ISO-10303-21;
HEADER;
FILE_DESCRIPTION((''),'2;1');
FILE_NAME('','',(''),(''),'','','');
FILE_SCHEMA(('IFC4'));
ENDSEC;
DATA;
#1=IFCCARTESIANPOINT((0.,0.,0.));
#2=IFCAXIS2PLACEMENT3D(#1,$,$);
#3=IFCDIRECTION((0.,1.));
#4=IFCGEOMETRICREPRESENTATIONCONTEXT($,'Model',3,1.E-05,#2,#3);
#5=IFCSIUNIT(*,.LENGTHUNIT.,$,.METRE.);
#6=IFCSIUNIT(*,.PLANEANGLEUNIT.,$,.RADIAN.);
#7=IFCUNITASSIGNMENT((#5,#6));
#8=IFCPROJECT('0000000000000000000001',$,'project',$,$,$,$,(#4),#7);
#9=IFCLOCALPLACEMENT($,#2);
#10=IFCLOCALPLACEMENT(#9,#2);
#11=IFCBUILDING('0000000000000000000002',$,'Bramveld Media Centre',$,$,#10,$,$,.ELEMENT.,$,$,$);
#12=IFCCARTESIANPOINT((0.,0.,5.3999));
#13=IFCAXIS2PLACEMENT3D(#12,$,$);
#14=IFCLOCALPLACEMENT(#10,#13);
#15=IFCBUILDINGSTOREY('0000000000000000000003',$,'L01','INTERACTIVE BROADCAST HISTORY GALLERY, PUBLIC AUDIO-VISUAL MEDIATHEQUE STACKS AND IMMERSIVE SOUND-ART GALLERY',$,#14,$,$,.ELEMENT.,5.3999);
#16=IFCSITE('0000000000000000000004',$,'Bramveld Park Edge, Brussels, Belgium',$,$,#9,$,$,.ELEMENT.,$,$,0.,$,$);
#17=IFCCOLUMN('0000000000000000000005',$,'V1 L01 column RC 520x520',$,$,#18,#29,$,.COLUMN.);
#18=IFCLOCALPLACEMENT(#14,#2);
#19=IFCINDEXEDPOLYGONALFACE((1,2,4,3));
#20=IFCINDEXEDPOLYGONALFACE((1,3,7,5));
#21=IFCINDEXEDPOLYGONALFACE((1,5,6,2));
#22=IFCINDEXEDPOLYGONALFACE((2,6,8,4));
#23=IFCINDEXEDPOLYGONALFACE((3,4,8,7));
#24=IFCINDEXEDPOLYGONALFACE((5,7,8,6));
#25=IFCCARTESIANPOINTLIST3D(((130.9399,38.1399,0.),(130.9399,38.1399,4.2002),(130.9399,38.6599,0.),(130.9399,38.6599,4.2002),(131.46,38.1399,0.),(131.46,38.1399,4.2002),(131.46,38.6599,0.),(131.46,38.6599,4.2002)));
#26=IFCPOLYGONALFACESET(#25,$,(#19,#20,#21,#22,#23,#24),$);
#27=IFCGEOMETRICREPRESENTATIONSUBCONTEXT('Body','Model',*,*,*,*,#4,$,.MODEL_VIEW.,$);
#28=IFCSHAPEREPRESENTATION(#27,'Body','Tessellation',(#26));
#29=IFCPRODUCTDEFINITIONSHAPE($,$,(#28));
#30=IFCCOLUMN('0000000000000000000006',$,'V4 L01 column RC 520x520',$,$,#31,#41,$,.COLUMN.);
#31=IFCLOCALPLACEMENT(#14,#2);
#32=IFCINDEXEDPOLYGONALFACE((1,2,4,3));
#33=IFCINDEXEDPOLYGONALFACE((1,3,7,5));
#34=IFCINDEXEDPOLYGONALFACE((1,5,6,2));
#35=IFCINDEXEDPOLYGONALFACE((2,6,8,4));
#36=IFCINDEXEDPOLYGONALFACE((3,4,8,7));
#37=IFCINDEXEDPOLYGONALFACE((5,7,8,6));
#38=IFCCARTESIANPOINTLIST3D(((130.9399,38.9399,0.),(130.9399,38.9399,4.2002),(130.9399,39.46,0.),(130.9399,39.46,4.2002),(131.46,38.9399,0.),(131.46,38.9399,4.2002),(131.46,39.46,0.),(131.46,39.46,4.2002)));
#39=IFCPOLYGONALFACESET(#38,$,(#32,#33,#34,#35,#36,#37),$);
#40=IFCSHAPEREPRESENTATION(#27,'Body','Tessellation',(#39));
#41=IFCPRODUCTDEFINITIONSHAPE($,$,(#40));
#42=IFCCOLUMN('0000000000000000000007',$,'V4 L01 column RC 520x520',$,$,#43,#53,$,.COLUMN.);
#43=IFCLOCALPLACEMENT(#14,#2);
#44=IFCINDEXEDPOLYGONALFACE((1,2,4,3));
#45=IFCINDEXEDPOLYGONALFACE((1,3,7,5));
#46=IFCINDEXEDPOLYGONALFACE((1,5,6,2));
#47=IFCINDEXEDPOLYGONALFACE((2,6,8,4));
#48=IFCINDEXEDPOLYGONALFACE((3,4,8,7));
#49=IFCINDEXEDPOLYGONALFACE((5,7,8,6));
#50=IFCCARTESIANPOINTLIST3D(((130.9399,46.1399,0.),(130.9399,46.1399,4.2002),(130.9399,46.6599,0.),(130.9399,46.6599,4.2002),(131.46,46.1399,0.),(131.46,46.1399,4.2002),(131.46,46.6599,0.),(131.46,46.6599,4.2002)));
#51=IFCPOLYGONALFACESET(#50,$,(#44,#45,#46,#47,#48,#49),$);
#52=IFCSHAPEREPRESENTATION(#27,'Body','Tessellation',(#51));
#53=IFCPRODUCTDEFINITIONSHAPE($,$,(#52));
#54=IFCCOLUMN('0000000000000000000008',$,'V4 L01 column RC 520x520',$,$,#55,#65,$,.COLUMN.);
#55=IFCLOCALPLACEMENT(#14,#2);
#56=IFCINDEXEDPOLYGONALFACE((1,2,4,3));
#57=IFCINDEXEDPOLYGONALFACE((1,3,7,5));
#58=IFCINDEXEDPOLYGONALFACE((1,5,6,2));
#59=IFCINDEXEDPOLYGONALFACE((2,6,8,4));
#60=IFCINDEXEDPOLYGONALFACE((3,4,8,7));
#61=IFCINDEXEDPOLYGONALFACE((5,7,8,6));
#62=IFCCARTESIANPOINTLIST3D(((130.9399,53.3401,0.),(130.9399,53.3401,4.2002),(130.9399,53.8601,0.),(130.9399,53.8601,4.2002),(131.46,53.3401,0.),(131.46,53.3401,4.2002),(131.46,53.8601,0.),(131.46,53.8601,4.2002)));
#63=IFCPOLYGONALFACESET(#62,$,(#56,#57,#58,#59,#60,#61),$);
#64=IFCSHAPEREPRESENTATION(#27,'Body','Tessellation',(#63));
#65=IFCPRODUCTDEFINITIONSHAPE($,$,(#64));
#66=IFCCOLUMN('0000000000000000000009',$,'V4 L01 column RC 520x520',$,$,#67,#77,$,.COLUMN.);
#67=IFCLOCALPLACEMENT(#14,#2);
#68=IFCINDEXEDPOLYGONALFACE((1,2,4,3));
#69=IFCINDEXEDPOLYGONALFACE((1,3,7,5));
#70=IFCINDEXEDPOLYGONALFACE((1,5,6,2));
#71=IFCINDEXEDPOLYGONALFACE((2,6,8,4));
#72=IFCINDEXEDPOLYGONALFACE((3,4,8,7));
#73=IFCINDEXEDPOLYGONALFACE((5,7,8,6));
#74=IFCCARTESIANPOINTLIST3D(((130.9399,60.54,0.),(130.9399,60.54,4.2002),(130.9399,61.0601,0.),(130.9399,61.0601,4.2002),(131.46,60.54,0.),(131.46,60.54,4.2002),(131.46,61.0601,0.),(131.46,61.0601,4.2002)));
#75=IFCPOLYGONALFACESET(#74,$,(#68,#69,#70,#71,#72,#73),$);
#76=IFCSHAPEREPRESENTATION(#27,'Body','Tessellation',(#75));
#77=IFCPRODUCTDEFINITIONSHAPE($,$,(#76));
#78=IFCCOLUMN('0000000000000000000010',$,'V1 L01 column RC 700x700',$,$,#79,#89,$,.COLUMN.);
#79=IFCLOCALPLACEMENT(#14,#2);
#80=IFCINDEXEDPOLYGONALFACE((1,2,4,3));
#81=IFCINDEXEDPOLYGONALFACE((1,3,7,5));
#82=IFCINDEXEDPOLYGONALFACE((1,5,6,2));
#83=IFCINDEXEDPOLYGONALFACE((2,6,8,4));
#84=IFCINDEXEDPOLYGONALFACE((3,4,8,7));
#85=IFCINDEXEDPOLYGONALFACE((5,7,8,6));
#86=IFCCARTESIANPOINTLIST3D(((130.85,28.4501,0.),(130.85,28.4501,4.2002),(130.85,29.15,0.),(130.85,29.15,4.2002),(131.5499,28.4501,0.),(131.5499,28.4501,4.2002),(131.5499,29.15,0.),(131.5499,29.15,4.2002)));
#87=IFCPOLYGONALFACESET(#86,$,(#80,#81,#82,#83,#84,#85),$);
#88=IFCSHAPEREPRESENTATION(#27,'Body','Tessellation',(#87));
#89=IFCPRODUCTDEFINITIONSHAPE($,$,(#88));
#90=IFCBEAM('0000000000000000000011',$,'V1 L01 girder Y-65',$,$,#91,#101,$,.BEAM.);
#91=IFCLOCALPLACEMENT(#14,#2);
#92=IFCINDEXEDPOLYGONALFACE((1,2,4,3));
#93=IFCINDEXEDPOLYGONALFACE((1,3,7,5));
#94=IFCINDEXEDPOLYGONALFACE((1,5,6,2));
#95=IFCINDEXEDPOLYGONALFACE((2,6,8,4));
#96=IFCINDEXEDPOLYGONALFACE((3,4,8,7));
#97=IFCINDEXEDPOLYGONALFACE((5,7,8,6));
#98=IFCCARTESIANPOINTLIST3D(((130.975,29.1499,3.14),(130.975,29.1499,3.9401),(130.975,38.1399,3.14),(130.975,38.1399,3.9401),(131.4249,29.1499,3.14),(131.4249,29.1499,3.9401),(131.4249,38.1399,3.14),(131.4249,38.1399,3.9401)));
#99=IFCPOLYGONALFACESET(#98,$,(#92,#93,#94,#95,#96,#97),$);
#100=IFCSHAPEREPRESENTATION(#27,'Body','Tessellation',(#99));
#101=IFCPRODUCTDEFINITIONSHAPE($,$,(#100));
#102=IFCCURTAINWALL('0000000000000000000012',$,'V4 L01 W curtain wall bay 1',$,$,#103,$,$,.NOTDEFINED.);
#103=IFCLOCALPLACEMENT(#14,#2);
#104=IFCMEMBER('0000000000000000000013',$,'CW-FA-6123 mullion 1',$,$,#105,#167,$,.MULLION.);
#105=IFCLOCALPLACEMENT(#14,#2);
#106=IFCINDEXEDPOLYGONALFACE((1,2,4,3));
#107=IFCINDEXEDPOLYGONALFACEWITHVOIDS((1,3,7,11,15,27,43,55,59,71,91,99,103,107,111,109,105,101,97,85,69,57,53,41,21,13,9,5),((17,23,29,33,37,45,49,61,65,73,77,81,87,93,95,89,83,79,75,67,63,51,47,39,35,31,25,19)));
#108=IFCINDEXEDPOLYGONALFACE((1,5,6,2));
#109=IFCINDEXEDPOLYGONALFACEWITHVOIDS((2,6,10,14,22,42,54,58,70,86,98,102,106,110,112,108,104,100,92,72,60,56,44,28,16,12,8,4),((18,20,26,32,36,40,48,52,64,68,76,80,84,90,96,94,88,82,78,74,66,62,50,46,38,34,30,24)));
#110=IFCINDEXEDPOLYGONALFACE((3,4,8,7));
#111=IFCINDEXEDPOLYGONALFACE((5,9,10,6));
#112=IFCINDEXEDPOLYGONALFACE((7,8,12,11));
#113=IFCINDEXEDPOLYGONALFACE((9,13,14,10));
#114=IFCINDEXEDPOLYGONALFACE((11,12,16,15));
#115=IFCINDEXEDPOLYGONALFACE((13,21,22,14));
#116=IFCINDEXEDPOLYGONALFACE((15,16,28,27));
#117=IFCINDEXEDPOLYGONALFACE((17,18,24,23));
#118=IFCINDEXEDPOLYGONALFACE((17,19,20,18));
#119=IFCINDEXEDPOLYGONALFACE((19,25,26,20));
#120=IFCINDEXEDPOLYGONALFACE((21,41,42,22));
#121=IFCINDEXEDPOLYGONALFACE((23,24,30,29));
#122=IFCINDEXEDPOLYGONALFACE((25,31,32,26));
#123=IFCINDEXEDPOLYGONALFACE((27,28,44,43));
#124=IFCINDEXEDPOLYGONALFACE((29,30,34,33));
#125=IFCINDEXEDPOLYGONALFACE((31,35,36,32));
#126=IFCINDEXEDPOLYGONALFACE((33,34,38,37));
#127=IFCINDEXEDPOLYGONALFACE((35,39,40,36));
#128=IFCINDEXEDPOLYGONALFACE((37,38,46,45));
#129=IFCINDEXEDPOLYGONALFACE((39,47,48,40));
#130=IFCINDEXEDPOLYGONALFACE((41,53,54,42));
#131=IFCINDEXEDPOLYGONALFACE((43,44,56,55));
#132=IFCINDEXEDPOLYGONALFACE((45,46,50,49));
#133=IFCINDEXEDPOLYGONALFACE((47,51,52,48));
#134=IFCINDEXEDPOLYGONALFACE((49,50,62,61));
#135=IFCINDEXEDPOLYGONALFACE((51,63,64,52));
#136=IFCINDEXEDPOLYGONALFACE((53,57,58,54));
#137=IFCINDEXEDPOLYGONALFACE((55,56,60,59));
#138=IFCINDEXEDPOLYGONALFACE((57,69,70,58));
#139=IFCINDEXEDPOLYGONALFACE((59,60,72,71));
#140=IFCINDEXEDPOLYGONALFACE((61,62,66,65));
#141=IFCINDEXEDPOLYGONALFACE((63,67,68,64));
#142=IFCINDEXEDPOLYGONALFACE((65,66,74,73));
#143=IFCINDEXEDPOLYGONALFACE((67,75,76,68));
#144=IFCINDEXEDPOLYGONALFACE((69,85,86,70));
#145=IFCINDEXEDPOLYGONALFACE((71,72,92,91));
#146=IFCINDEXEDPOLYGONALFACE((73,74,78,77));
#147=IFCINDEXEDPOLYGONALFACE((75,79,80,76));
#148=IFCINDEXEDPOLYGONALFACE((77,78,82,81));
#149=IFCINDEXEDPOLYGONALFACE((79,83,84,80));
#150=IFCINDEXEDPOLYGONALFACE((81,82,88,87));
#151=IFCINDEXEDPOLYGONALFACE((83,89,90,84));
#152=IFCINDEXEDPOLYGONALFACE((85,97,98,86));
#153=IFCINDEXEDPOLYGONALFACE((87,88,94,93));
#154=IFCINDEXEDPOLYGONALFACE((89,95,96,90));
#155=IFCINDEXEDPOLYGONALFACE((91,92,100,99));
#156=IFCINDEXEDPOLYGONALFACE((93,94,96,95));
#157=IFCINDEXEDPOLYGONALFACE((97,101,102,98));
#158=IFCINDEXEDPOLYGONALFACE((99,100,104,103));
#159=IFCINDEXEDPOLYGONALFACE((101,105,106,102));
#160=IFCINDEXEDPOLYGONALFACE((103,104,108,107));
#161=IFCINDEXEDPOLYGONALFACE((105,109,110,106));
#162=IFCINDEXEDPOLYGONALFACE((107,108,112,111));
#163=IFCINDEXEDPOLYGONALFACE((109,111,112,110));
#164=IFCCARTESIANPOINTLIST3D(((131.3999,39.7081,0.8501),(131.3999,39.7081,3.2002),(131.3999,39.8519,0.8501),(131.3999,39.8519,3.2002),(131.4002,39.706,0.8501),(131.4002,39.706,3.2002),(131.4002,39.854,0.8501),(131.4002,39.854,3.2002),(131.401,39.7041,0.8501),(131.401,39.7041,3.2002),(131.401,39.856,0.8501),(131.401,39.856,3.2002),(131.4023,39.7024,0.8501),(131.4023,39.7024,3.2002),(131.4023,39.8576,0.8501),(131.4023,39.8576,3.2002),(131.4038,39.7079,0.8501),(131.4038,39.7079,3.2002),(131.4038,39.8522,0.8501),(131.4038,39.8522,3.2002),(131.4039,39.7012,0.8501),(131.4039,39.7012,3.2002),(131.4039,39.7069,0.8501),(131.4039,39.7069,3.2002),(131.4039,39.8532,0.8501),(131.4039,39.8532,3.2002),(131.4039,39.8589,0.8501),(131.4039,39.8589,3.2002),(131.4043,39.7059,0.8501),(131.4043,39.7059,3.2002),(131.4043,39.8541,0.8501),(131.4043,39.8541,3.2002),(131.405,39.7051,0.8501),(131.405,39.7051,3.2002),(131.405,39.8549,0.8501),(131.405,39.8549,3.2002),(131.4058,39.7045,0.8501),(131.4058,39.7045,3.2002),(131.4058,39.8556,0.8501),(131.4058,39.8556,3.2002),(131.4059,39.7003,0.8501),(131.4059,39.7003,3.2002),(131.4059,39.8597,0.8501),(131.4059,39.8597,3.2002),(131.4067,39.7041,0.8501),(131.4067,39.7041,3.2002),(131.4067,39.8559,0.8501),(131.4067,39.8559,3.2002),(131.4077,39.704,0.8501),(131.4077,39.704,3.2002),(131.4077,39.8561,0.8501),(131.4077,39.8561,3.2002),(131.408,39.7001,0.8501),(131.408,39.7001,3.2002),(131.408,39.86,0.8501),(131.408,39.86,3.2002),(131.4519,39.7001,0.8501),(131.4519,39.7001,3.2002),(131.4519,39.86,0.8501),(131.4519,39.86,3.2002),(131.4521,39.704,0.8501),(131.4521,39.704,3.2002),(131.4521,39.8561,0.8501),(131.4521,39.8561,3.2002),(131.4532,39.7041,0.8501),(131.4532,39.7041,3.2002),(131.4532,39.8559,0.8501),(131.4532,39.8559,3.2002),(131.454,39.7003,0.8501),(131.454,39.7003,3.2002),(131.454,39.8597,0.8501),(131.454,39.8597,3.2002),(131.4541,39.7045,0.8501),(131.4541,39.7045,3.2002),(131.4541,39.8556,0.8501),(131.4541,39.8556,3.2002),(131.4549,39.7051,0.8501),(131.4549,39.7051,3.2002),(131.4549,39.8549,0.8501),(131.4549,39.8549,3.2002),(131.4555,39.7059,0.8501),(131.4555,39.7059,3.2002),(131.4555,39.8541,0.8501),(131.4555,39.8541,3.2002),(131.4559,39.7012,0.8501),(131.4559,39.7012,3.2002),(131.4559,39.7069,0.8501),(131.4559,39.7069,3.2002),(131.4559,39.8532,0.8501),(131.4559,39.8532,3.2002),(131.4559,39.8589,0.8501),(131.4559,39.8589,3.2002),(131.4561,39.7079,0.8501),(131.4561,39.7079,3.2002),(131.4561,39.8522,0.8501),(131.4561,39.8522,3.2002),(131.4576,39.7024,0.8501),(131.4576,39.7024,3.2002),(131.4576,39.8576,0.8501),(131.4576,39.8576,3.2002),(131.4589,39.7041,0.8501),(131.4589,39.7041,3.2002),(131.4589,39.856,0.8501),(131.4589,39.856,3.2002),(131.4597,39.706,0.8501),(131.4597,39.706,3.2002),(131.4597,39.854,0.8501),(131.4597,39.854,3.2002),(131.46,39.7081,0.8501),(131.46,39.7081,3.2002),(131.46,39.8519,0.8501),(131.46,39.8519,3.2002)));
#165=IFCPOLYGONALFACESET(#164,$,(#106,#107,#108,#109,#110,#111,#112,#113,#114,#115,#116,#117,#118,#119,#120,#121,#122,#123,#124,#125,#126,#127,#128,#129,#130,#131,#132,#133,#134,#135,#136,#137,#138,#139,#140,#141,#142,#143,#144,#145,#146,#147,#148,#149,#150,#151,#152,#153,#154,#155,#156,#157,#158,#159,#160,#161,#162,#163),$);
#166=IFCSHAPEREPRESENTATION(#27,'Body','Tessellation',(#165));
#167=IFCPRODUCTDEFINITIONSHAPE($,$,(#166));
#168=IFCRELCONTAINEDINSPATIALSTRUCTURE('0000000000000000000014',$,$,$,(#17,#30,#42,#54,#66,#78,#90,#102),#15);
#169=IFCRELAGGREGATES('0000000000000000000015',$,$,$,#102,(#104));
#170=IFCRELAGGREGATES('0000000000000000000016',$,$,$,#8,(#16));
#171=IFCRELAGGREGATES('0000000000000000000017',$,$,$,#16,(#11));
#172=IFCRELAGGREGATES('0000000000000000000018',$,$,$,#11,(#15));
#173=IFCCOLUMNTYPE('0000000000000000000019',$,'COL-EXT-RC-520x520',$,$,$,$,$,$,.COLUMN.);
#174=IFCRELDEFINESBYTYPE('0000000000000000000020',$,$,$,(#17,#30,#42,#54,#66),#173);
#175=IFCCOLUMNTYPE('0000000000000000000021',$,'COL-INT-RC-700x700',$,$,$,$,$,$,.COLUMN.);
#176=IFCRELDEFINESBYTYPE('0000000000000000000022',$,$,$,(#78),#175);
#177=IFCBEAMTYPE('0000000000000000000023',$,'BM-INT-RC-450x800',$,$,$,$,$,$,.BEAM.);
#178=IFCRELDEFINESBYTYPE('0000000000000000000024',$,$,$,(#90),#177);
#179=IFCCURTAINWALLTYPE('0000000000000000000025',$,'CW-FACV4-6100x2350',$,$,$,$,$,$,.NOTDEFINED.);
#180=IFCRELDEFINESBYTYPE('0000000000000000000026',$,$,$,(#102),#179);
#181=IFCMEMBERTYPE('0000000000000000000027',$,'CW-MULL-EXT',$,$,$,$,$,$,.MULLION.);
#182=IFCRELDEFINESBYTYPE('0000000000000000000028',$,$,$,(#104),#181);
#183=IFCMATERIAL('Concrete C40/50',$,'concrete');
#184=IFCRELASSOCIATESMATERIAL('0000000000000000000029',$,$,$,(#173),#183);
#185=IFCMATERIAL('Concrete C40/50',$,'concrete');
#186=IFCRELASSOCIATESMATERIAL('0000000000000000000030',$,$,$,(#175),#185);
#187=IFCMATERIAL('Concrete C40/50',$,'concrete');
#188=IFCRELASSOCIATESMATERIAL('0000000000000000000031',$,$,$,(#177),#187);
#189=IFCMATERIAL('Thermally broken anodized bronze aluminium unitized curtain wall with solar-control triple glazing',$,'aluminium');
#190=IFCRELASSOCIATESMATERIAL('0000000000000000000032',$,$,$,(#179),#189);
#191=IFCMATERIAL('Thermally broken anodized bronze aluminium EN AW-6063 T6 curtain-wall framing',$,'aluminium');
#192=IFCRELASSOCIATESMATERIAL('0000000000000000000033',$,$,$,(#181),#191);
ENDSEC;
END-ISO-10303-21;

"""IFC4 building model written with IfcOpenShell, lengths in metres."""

from ifc_helpers import new_model, si_unit, direction, frame, origin, origin_2d, place, context, subcontext, project, spatial, rectangle, hollow_rectangle, extrude, material, material_profile, profile_set, type_object, element, aggregate, save


model = new_model("IFC4")

# Units and contexts
model_context = context("Model", 3, precision=1e-05, world=origin(), true_north=direction((0.0, 1.0)))
body_context = subcontext(model_context, "Body", "Model", "MODEL_VIEW")
ifc_project = project(units=[si_unit("LENGTHUNIT", "METRE"), si_unit("PLANEANGLEUNIT", "RADIAN")], contexts=[model_context])

# Site, building, storey
site_placement = place(None, origin())
site = spatial("IfcSite", under=ifc_project, at=site_placement, Name="Bramveld Park Edge, Brussels, Belgium", CompositionType="ELEMENT", RefElevation=0.0)
building_placement = place(site_placement, origin())
building = spatial("IfcBuilding", under=site, at=building_placement, Name="Bramveld Media Centre", CompositionType="ELEMENT")
storey_placement = place(building_placement, frame((0.0, 0.0, 5.3999)))
storey = spatial("IfcBuildingStorey", under=building, at=storey_placement, Name="L01", Description="INTERACTIVE BROADCAST HISTORY GALLERY, PUBLIC AUDIO-VISUAL MEDIATHEQUE STACKS AND IMMERSIVE SOUND-ART GALLERY", CompositionType="ELEMENT", Elevation=5.3999)

# Columns
ifc_material_1 = material(Name="Concrete C40/50", Category="concrete")
ifc_material_profile_1 = material_profile(ifc_material_1, rectangle(XDim=0.52, YDim=0.52, at=origin_2d()), Name="RC 520x520")
ifc_profile_set_1 = profile_set([ifc_material_profile_1], Name="Concrete C40/50")
column_type_1 = type_object("IfcColumnType", Name="COL-EXT-RC-520x520", PredefinedType="COLUMN", material=ifc_profile_set_1)
for number, where, z_axis, x_axis, name in (
    (1, (131.2, 38.3999, 0.0), (0.0, 0.0, 1.0), (1.0, 0.0, 0.0), "V1 L01 column RC 520x520"),
    (2, (131.2, 39.2, 0.0), (0.0, 0.0, 1.0), (1.0, 0.0, 0.0), "V4 L01 column RC 520x520"),
    (3, (131.2, 46.3999, 0.0), (0.0, 0.0, 1.0), (1.0, 0.0, 0.0), "V4 L01 column RC 520x520"),
    (4, (131.2, 53.6001, 0.0), (0.0, 0.0, 1.0), (1.0, 0.0, 0.0), "V4 L01 column RC 520x520"),
    (5, (131.2, 60.8, 0.0), (0.0, 0.0, 1.0), (1.0, 0.0, 0.0), "V4 L01 column RC 520x520"),
):
    element("IfcColumn", number, at=place(storey_placement, frame(where, z_axis=z_axis, x_axis=x_axis)), inside=storey, type_object=column_type_1, Name=name, PredefinedType="COLUMN", context=body_context, shape_type="SweptSolid", body=[
        extrude(rectangle(XDim=0.52, YDim=0.52, at=origin_2d()), origin(), (0.0, 0.0, 1.0), 4.2002),
    ])
ifc_material_2 = material(Name="Concrete C40/50", Category="concrete")
ifc_material_profile_2 = material_profile(ifc_material_2, rectangle(XDim=0.7, YDim=0.7, at=origin_2d()), Name="RC 700x700")
ifc_profile_set_2 = profile_set([ifc_material_profile_2], Name="Concrete C40/50")
column_type_2 = type_object("IfcColumnType", Name="COL-INT-RC-700x700", PredefinedType="COLUMN", material=ifc_profile_set_2)
column_placement = place(storey_placement, frame((131.2, 28.8, 0.0), z_axis=(0.0, 0.0, 1.0), x_axis=(1.0, 0.0, 0.0)))
element("IfcColumn", 6, at=column_placement, inside=storey, type_object=column_type_2, Name="V1 L01 column RC 700x700", PredefinedType="COLUMN", context=body_context, shape_type="SweptSolid", body=[
    extrude(rectangle(XDim=0.7, YDim=0.7, at=origin_2d()), origin(), (0.0, 0.0, 1.0), 4.2002),
])

# Beam
ifc_material_3 = material(Name="Concrete C40/50", Category="concrete")
ifc_material_profile_3 = material_profile(ifc_material_3, rectangle(XDim=0.45, YDim=0.8, at=origin_2d()), Name="RC 450x800")
ifc_profile_set_3 = profile_set([ifc_material_profile_3], Name="Concrete C40/50")
beam_type_1 = type_object("IfcBeamType", Name="BM-INT-RC-450x800", PredefinedType="BEAM", material=ifc_profile_set_3)
beam_1_placement = place(storey_placement, frame((131.2, 29.1499, 3.54), z_axis=(0.0, 1.0, 0.0), x_axis=(-1.0, 0.0, 0.0)))
element("IfcBeam", 7, at=beam_1_placement, inside=storey, type_object=beam_type_1, Name="V1 L01 girder Y-65", PredefinedType="BEAM", context=body_context, shape_type="SweptSolid", body=[
    extrude(rectangle(XDim=0.45, YDim=0.8, at=origin_2d()), origin(), (0.0, 0.0, 1.0), 8.99),
])

# Curtain wall, member
ifc_material_4 = material(Name="Thermally broken anodized bronze aluminium unitized curtain wall with solar-control triple glazing", Category="aluminium")
curtain_wall_type = type_object("IfcCurtainWallType", Name="CW-FACV4-6100x2350", PredefinedType="NOTDEFINED", material=ifc_material_4)
curtain_wall_placement = place(storey_placement, origin())
curtain_wall = element("IfcCurtainWall", 8, at=curtain_wall_placement, inside=storey, type_object=curtain_wall_type, Name="V4 L01 W curtain wall bay 1", PredefinedType="NOTDEFINED")
ifc_material_5 = material(Name="Thermally broken anodized bronze aluminium EN AW-6063 T6 curtain-wall framing", Category="aluminium")
ifc_material_profile_4 = material_profile(ifc_material_5, hollow_rectangle(XDim=0.0601, YDim=0.1599, WallThickness=0.0039, InnerFilletRadius=0.0039, OuterFilletRadius=0.0081, at=origin_2d()), Name="AL-MULL 60x160")
ifc_profile_set_4 = profile_set([ifc_material_profile_4], Name="Thermally broken anodized bronze aluminium EN AW-6063 T6 curtain-wall framing")
member_type_1 = type_object("IfcMemberType", Name="CW-MULL-EXT", PredefinedType="MULLION", material=ifc_profile_set_4)
member_1_placement = place(storey_placement, frame((131.4299, 39.78, 0.8501), z_axis=(0.0, 0.0, 1.0), x_axis=(-1.0, 0.0, 0.0)))
member_1 = element("IfcMember", 9, at=member_1_placement, type_object=member_type_1, Name="CW-FA-6123 mullion 1", PredefinedType="MULLION", context=body_context, shape_type="SweptSolid", body=[
    extrude(hollow_rectangle(XDim=0.0601, YDim=0.1599, WallThickness=0.0039, InnerFilletRadius=0.0039, OuterFilletRadius=0.0081, at=origin_2d()), origin(), (0.0, 0.0, 1.0), 2.3501),
])

aggregate(curtain_wall, [member_1])

save(model, "model.ifc")
